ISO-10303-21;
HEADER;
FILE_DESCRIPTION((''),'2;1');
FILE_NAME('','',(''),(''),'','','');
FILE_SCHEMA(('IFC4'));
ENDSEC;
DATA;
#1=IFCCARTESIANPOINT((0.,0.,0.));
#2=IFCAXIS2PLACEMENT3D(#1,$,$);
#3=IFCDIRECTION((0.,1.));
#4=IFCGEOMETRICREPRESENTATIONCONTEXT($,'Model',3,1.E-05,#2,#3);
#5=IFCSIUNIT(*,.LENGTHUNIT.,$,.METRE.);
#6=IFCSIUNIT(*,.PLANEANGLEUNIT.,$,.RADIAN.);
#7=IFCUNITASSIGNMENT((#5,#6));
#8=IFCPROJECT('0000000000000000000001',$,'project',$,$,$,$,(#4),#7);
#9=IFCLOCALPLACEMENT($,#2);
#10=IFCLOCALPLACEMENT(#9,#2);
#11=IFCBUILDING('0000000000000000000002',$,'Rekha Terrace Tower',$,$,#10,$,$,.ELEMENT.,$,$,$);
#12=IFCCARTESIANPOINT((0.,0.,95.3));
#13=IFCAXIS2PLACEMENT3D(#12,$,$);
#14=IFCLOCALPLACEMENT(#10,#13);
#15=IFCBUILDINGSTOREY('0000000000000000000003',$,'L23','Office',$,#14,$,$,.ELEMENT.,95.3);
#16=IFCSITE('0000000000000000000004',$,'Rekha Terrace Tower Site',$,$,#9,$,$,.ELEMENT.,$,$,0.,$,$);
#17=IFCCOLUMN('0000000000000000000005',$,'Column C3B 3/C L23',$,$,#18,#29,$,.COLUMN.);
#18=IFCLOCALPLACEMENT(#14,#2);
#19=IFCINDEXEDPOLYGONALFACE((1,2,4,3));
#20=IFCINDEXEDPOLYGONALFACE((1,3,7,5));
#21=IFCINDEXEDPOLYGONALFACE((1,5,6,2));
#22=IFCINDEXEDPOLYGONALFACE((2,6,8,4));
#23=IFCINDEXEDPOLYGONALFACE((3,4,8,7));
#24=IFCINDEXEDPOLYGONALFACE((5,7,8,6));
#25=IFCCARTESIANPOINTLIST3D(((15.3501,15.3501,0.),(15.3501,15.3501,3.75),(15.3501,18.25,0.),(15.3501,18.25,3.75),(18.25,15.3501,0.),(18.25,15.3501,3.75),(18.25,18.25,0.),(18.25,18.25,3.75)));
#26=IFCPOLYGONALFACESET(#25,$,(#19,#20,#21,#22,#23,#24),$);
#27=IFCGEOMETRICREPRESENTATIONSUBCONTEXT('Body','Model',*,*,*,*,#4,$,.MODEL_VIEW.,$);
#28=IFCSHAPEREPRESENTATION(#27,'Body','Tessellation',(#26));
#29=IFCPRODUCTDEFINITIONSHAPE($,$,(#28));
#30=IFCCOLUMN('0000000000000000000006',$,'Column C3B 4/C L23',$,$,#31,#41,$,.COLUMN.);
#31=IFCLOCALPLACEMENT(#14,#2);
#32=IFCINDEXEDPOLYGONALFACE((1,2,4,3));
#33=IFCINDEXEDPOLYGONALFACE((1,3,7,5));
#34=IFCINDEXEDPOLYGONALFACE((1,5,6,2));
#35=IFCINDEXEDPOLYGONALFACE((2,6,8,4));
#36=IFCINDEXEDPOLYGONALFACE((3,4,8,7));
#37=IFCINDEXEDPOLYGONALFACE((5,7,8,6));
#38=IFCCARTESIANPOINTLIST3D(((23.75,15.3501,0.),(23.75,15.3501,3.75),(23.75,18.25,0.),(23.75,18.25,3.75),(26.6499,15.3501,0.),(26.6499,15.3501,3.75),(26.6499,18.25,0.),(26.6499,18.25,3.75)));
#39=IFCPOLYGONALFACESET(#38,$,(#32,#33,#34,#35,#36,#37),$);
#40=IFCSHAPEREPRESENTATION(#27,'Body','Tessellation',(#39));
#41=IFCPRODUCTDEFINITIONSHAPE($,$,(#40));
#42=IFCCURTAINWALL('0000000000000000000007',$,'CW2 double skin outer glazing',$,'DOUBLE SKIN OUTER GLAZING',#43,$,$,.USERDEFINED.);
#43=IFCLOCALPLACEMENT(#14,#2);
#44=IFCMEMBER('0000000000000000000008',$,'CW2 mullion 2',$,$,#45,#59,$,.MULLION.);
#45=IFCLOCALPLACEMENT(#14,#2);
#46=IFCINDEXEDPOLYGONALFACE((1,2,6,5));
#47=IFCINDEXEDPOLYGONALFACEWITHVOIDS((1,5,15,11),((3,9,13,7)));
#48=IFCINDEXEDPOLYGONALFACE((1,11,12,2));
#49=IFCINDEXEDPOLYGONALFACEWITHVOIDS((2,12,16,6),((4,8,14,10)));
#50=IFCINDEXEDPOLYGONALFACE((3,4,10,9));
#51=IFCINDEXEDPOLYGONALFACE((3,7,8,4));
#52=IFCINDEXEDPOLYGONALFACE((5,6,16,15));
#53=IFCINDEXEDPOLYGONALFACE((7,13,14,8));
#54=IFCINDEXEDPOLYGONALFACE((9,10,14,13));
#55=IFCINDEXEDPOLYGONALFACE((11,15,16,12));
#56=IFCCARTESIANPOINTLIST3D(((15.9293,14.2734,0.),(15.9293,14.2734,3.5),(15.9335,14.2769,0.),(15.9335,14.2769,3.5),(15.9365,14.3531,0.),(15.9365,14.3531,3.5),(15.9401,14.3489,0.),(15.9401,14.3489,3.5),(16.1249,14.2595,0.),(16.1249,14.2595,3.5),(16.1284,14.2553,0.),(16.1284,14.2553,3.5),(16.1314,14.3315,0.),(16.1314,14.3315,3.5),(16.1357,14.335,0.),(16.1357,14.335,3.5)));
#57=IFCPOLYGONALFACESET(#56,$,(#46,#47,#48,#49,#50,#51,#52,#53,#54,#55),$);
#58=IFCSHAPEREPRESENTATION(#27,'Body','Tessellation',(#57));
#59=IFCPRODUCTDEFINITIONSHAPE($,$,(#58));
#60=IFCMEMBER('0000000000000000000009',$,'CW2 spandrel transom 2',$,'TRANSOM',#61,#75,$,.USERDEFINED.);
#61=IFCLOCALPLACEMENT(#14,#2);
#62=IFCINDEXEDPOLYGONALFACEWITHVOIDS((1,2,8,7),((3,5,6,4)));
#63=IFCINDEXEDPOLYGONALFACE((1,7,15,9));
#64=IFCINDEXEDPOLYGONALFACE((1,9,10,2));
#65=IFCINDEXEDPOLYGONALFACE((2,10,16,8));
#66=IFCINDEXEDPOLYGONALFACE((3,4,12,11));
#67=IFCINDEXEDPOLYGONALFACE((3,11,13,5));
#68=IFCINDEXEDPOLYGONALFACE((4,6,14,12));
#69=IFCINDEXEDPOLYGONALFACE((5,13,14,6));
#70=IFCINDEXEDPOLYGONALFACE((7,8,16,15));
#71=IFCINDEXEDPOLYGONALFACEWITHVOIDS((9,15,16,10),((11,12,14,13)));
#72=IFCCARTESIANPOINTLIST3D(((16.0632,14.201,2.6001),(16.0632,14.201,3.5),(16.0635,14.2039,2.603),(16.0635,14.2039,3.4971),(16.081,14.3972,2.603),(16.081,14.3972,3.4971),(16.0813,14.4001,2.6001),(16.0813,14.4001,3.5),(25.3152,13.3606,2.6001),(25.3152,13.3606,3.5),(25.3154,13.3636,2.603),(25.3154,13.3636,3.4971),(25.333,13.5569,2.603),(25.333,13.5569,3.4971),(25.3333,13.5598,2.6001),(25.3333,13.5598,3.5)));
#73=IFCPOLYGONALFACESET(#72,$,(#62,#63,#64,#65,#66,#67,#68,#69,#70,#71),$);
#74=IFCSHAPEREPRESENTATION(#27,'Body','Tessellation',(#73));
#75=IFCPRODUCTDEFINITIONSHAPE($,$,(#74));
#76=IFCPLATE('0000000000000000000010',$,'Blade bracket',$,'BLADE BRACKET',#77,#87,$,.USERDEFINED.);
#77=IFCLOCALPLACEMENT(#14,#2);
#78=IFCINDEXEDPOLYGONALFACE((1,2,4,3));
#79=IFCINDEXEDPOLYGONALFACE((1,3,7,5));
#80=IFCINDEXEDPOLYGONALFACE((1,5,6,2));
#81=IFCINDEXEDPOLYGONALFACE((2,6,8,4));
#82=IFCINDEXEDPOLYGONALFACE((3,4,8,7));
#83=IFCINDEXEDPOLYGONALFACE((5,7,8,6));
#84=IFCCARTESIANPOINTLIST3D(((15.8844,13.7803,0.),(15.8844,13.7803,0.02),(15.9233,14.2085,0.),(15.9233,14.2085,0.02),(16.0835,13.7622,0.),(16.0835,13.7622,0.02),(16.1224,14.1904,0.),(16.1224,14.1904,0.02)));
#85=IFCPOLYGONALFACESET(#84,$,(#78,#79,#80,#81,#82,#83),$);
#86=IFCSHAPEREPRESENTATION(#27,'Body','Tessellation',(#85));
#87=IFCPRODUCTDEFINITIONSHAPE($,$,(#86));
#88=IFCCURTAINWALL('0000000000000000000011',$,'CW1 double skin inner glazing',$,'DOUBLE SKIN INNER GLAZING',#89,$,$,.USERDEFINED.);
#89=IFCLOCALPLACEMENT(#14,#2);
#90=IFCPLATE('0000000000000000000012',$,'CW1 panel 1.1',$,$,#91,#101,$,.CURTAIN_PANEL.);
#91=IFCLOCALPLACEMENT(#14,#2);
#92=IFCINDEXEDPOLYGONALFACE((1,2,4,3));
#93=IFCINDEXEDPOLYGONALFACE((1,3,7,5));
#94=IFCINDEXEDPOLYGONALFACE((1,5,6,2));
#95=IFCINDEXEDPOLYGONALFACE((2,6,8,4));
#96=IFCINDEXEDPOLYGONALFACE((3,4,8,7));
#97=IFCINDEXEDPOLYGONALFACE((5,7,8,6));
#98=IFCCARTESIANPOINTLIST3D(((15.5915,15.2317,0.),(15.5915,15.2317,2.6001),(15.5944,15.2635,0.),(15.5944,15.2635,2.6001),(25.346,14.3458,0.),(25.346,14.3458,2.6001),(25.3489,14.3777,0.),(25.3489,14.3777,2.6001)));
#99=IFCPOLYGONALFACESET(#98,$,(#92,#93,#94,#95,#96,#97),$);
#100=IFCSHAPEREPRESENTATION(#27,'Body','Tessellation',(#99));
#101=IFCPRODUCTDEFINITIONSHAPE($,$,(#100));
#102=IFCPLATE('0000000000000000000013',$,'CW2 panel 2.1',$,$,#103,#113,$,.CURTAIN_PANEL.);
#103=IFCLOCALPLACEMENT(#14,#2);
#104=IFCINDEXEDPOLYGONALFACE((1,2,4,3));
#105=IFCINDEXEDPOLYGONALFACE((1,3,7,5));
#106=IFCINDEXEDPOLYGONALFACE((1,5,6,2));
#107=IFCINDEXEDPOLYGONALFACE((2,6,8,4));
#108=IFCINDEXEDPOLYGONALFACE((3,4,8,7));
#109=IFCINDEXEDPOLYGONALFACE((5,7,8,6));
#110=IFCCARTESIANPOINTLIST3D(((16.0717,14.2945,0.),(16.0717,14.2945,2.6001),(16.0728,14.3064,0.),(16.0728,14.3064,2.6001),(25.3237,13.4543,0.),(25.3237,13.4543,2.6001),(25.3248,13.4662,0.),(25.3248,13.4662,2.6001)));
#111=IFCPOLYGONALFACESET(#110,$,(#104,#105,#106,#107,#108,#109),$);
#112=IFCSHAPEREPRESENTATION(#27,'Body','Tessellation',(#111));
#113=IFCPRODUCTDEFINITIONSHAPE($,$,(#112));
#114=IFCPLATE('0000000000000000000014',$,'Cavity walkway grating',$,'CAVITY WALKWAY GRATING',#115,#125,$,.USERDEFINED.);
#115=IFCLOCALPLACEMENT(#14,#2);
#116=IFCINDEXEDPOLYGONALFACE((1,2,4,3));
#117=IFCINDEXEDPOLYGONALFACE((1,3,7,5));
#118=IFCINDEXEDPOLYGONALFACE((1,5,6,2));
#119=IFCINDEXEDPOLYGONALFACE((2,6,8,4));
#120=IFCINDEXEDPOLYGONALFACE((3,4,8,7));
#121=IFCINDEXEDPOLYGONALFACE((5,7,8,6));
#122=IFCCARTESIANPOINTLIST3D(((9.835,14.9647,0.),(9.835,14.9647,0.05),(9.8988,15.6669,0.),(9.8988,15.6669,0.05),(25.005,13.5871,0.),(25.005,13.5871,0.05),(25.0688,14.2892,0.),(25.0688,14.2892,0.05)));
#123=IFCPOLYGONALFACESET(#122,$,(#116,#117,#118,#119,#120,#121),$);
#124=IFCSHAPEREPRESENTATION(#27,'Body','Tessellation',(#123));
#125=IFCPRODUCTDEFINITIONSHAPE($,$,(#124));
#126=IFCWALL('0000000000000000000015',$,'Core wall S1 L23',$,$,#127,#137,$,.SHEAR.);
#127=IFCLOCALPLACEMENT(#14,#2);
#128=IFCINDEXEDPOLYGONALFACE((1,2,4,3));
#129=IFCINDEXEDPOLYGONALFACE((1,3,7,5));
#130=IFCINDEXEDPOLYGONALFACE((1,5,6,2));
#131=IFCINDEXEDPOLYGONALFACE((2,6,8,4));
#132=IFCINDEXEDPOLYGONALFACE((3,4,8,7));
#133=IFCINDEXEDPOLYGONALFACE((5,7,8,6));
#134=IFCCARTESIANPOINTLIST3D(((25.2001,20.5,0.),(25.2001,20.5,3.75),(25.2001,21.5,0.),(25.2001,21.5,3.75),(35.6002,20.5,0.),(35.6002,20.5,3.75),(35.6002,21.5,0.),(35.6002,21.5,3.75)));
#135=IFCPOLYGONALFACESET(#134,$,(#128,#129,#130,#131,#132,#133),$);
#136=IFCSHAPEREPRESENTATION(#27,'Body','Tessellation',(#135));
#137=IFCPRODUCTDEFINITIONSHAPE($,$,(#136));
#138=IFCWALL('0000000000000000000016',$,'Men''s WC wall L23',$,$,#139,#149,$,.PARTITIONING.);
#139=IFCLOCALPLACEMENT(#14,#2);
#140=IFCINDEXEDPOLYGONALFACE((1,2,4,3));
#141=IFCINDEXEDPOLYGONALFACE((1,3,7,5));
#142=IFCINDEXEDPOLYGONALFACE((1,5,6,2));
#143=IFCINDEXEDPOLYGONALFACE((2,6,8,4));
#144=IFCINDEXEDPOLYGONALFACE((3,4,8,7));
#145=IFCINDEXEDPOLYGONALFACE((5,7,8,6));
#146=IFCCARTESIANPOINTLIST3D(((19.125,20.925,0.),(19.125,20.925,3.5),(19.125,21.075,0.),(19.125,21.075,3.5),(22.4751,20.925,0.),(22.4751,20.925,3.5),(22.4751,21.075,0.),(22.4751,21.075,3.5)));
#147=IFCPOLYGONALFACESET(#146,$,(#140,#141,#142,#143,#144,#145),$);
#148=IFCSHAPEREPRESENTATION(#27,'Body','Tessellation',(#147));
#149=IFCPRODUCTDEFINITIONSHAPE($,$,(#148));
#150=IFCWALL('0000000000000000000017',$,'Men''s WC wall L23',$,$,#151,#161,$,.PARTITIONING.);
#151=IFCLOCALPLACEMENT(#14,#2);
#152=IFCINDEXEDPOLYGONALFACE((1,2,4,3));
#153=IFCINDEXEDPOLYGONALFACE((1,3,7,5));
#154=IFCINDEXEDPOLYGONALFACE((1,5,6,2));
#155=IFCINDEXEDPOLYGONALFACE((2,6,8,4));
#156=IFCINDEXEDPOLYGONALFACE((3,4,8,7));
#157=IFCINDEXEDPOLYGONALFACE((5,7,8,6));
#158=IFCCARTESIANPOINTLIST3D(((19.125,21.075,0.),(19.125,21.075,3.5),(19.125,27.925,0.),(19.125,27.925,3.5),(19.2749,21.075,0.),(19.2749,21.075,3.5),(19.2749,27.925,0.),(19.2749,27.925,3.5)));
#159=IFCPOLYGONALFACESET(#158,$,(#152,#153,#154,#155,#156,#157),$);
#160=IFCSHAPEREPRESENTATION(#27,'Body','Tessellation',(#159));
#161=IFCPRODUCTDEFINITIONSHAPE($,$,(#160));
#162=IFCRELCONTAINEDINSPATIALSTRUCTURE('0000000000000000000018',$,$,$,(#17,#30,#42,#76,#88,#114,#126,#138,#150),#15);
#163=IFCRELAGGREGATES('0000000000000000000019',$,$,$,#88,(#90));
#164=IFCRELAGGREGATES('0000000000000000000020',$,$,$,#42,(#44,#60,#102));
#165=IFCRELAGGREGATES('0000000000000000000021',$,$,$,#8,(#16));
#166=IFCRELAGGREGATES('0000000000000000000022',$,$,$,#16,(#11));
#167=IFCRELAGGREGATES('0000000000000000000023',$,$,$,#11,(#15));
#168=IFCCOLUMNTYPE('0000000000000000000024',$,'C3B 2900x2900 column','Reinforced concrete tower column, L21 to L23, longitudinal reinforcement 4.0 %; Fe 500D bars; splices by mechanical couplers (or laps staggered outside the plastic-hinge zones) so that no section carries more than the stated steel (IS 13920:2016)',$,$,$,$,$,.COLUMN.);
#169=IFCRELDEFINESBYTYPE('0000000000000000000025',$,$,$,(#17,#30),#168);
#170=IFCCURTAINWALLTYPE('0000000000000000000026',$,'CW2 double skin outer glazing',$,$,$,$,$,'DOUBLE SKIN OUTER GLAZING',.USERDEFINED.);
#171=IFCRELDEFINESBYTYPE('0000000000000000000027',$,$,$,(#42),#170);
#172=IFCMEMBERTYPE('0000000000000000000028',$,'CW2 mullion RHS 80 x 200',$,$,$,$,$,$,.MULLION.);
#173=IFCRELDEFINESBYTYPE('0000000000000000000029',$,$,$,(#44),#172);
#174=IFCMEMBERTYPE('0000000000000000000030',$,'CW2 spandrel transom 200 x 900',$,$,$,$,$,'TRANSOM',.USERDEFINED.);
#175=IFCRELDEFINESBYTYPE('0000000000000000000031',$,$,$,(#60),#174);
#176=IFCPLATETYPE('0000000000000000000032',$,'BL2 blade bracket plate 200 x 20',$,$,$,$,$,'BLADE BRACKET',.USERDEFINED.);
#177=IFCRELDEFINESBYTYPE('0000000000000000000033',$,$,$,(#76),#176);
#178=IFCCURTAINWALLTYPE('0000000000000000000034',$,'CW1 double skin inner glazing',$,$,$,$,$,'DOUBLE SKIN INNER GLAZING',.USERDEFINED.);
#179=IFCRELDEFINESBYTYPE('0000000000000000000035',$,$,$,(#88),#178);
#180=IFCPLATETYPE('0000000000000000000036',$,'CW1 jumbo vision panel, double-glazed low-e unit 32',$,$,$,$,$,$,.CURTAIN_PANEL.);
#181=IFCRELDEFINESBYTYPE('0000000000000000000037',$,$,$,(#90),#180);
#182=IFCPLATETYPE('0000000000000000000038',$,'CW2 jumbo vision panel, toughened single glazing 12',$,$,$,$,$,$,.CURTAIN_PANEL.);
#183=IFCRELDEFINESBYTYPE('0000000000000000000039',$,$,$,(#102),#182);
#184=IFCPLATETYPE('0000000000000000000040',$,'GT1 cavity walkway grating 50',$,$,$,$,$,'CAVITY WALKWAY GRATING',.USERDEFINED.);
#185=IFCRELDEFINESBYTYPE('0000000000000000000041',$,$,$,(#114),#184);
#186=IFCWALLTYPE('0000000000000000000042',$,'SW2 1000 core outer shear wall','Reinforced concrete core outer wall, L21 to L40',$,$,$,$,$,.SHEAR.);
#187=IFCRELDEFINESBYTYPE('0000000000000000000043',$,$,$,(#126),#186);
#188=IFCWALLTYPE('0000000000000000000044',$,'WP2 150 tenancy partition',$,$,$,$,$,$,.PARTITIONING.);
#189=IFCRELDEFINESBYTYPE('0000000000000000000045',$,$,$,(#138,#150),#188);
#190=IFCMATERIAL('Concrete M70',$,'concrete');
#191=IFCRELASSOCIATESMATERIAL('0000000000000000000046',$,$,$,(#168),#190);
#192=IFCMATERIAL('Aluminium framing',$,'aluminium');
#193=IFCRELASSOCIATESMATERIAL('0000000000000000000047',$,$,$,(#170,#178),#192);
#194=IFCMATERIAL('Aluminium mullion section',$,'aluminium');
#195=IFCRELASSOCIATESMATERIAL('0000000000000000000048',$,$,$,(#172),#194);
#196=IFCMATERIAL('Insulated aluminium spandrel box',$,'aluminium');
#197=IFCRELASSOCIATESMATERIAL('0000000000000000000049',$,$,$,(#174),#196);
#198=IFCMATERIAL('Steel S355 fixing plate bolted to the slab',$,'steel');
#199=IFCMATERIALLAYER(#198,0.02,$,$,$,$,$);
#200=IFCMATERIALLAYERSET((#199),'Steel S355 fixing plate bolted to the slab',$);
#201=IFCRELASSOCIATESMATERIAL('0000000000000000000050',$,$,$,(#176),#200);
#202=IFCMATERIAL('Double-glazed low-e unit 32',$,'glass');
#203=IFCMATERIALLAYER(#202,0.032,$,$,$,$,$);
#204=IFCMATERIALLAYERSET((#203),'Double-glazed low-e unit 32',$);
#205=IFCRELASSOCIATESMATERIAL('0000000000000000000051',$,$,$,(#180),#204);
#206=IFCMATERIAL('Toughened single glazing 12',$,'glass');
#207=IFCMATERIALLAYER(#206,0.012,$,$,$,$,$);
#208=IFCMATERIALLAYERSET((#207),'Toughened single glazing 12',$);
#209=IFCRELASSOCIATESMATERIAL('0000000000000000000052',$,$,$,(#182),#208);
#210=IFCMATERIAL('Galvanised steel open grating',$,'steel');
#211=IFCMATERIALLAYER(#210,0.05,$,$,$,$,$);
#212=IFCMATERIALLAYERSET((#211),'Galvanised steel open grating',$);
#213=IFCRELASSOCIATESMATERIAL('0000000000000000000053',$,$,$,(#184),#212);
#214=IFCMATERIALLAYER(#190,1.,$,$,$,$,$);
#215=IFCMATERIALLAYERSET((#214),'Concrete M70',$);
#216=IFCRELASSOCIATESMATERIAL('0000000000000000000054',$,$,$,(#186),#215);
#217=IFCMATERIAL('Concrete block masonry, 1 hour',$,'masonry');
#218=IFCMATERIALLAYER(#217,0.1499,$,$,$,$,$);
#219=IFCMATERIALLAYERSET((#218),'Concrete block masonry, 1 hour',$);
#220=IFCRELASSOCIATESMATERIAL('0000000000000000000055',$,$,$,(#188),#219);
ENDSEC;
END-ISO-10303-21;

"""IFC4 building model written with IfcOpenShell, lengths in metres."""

from ifc_helpers import new_model, si_unit, direction, frame, frame_2d, origin, origin_2d, place, context, subcontext, project, spatial, rectangle, hollow_rectangle, extrude, material, layer, layer_set, material_profile, profile_set, type_object, element, aggregate, save


model = new_model("IFC4")

# Units and contexts
model_context = context("Model", 3, precision=1e-05, world=origin(), true_north=direction((0.0, 1.0)))
body_context = subcontext(model_context, "Body", "Model", "MODEL_VIEW")
ifc_project = project(units=[si_unit("LENGTHUNIT", "METRE"), si_unit("PLANEANGLEUNIT", "RADIAN")], contexts=[model_context])

# Site, building, storey
site_placement = place(None, origin())
site = spatial("IfcSite", under=ifc_project, at=site_placement, Name="Rekha Terrace Tower Site", CompositionType="ELEMENT", RefElevation=0.0)
building_placement = place(site_placement, origin())
building = spatial("IfcBuilding", under=site, at=building_placement, Name="Rekha Terrace Tower", CompositionType="ELEMENT")
storey_placement = place(building_placement, frame((0.0, 0.0, 95.3)))
storey = spatial("IfcBuildingStorey", under=building, at=storey_placement, Name="L23", Description="Office", CompositionType="ELEMENT", Elevation=95.3)

# Columns
ifc_material_1 = material(Name="Concrete M70", Category="concrete")
ifc_material_profile_1 = material_profile(ifc_material_1, rectangle(XDim=2.8999, YDim=2.8999, at=origin_2d()), Name="RC 2900x2900")
ifc_profile_set_1 = profile_set([ifc_material_profile_1], Name="Concrete M70")
column_type = type_object("IfcColumnType", Name="C3B 2900x2900 column", Description="Reinforced concrete tower column, L21 to L23, longitudinal reinforcement 4.0 %; Fe 500D bars; splices by mechanical couplers (or laps staggered outside the plastic-hinge zones) so that no section carries more than the stated steel (IS 13920:2016)", PredefinedType="COLUMN", material=ifc_profile_set_1)
for number, where, z_axis, x_axis, name in (
    (1, (16.8, 16.8, 0.0), (0.0, 0.0, 1.0), (1.0, 0.0, 0.0), "Column C3B 3/C L23"),
    (2, (25.2, 16.8, 0.0), (0.0, 0.0, 1.0), (1.0, 0.0, 0.0), "Column C3B 4/C L23"),
):
    element("IfcColumn", number, at=place(storey_placement, frame(where, z_axis=z_axis, x_axis=x_axis)), inside=storey, type_object=column_type, Name=name, PredefinedType="COLUMN", context=body_context, shape_type="SweptSolid", body=[
        extrude(rectangle(XDim=2.8999, YDim=2.8999, at=origin_2d()), origin(), (0.0, 0.0, 1.0), 3.75),
    ])

# Curtain wall, members
ifc_material_2 = material(Name="Aluminium framing", Category="aluminium")
curtain_wall_type_1 = type_object("IfcCurtainWallType", Name="CW2 double skin outer glazing", ElementType="DOUBLE SKIN OUTER GLAZING", PredefinedType="USERDEFINED", material=ifc_material_2)
curtain_wall_1_placement = place(storey_placement, origin())
curtain_wall_1 = element("IfcCurtainWall", 3, at=curtain_wall_1_placement, inside=storey, type_object=curtain_wall_type_1, Name="CW2 double skin outer glazing", ObjectType="DOUBLE SKIN OUTER GLAZING", PredefinedType="USERDEFINED")
ifc_material_3 = material(Name="Aluminium mullion section", Category="aluminium")
ifc_material_profile_2 = material_profile(ifc_material_3, hollow_rectangle(XDim=0.0801, YDim=0.2, WallThickness=0.0039, at=origin_2d()), Name="AL RHS 80x200")
ifc_profile_set_2 = profile_set([ifc_material_profile_2], Name="Aluminium mullion section")
member_type_1 = type_object("IfcMemberType", Name="CW2 mullion RHS 80 x 200", PredefinedType="MULLION", material=ifc_profile_set_2)
member_1_placement = place(storey_placement, frame((16.0325, 14.3042, 0.0), z_axis=(0.0, 0.0, 1.0), x_axis=(0.09044, 0.995902, 0.0)))
member_1 = element("IfcMember", 4, at=member_1_placement, type_object=member_type_1, Name="CW2 mullion 2", PredefinedType="MULLION", context=body_context, shape_type="SweptSolid", body=[
    extrude(hollow_rectangle(XDim=0.0801, YDim=0.2, WallThickness=0.0039, at=origin_2d()), origin(), (0.0, 0.0, 1.0), 3.5),
])
ifc_material_4 = material(Name="Insulated aluminium spandrel box", Category="aluminium")
ifc_material_profile_3 = material_profile(ifc_material_4, hollow_rectangle(XDim=0.2, YDim=0.8999, WallThickness=0.0029, at=origin_2d()), Name="AL SPANDREL BOX 200x900")
ifc_profile_set_3 = profile_set([ifc_material_profile_3], Name="Insulated aluminium spandrel box")
member_type_2 = type_object("IfcMemberType", Name="CW2 spandrel transom 200 x 900", ElementType="TRANSOM", PredefinedType="USERDEFINED", material=ifc_profile_set_3)
member_2_placement = place(storey_placement, frame((16.0723, 14.3005, 3.05), z_axis=(0.995901, -0.090455, 0.0), x_axis=(0.090455, 0.995901, 0.0)))
member_2 = element("IfcMember", 5, at=member_2_placement, type_object=member_type_2, Name="CW2 spandrel transom 2", ObjectType="TRANSOM", PredefinedType="USERDEFINED", context=body_context, shape_type="SweptSolid", body=[
    extrude(hollow_rectangle(XDim=0.2, YDim=0.8999, WallThickness=0.0029, at=origin_2d()), origin(), (0.0, 0.0, 1.0), 9.29),
])

# Plate
ifc_material_5 = material(Name="Steel S355 fixing plate bolted to the slab", Category="steel")
ifc_layer_1 = layer(ifc_material_5, 0.02)
ifc_layer_set_1 = layer_set([ifc_layer_1], Name="Steel S355 fixing plate bolted to the slab")
plate_type_1 = type_object("IfcPlateType", Name="BL2 blade bracket plate 200 x 20", ElementType="BLADE BRACKET", PredefinedType="USERDEFINED", material=ifc_layer_set_1)
plate_1_placement = place(storey_placement, frame((16.0034, 13.9854, 0.0), z_axis=(0.0, 0.0, 1.0), x_axis=(-0.09044, -0.995902, 0.0)))
element("IfcPlate", 6, at=plate_1_placement, inside=storey, type_object=plate_type_1, Name="Blade bracket", ObjectType="BLADE BRACKET", PredefinedType="USERDEFINED", context=body_context, shape_type="SweptSolid", body=[
    extrude(rectangle(XDim=0.4299, YDim=0.2, at=origin_2d()), origin(), (0.0, 0.0, 1.0), 0.02),
])

# Curtain wall, plate
curtain_wall_type_2 = type_object("IfcCurtainWallType", Name="CW1 double skin inner glazing", ElementType="DOUBLE SKIN INNER GLAZING", PredefinedType="USERDEFINED", material=ifc_material_2)
curtain_wall_2_placement = place(storey_placement, origin())
curtain_wall_2 = element("IfcCurtainWall", 7, at=curtain_wall_2_placement, inside=storey, type_object=curtain_wall_type_2, Name="CW1 double skin inner glazing", ObjectType="DOUBLE SKIN INNER GLAZING", PredefinedType="USERDEFINED")
ifc_material_6 = material(Name="Double-glazed low-e unit 32", Category="glass")
ifc_layer_2 = layer(ifc_material_6, 0.032)
ifc_layer_set_2 = layer_set([ifc_layer_2], Name="Double-glazed low-e unit 32")
plate_type_2 = type_object("IfcPlateType", Name="CW1 jumbo vision panel, double-glazed low-e unit 32", PredefinedType="CURTAIN_PANEL", material=ifc_layer_set_2)
plate_2_placement = place(storey_placement, frame((20.4702, 14.8047, 0.0), z_axis=(0.0, 0.0, 1.0), x_axis=(0.995902, -0.09044, 0.0)))
plate_2 = element("IfcPlate", 8, at=plate_2_placement, type_object=plate_type_2, Name="CW1 panel 1.1", PredefinedType="CURTAIN_PANEL", context=body_context, shape_type="SweptSolid", body=[
    extrude(rectangle(XDim=9.7947, YDim=0.032, at=origin_2d()), origin(), (0.0, 0.0, 1.0), 2.6001),
])
aggregate(curtain_wall_2, [plate_2])

# Plates
ifc_material_7 = material(Name="Toughened single glazing 12", Category="glass")
ifc_layer_3 = layer(ifc_material_7, 0.012)
ifc_layer_set_3 = layer_set([ifc_layer_3], Name="Toughened single glazing 12")
plate_type_3 = type_object("IfcPlateType", Name="CW2 jumbo vision panel, toughened single glazing 12", PredefinedType="CURTAIN_PANEL", material=ifc_layer_set_3)
plate_3_placement = place(storey_placement, frame((20.6982, 13.8804, 0.0), z_axis=(0.0, 0.0, 1.0), x_axis=(0.995902, -0.09044, 0.0)))
plate_3 = element("IfcPlate", 9, at=plate_3_placement, type_object=plate_type_3, Name="CW2 panel 2.1", PredefinedType="CURTAIN_PANEL", context=body_context, shape_type="SweptSolid", body=[
    extrude(rectangle(XDim=9.29, YDim=0.012, at=origin_2d()), origin(), (0.0, 0.0, 1.0), 2.6001),
])
aggregate(curtain_wall_1, [member_1, member_2, plate_3])
ifc_material_8 = material(Name="Galvanised steel open grating", Category="steel")
ifc_layer_4 = layer(ifc_material_8, 0.05)
ifc_layer_set_4 = layer_set([ifc_layer_4], Name="Galvanised steel open grating")
plate_type_4 = type_object("IfcPlateType", Name="GT1 cavity walkway grating 50", ElementType="CAVITY WALKWAY GRATING", PredefinedType="USERDEFINED", material=ifc_layer_set_4)
plate_4_placement = place(storey_placement, frame((17.4519, 14.627, 0.0), z_axis=(0.0, 0.0, 1.0), x_axis=(0.995902, -0.09044, 0.0)))
element("IfcPlate", 10, at=plate_4_placement, inside=storey, type_object=plate_type_4, Name="Cavity walkway grating", ObjectType="CAVITY WALKWAY GRATING", PredefinedType="USERDEFINED", context=body_context, shape_type="SweptSolid", body=[
    extrude(rectangle(XDim=15.2324, YDim=0.7051, at=origin_2d()), origin(), (0.0, 0.0, 1.0), 0.05),
])

# Walls
ifc_layer_5 = layer(ifc_material_1, 1.0)
ifc_layer_set_5 = layer_set([ifc_layer_5], Name="Concrete M70")
wall_type_1 = type_object("IfcWallType", Name="SW2 1000 core outer shear wall", Description="Reinforced concrete core outer wall, L21 to L40", PredefinedType="SHEAR", material=ifc_layer_set_5)
wall_1_placement = place(storey_placement, frame((25.2, 21.0, 0.0), z_axis=(0.0, 0.0, 1.0), x_axis=(1.0, 0.0, 0.0)))
element("IfcWall", 11, at=wall_1_placement, inside=storey, type_object=wall_type_1, Name="Core wall S1 L23", PredefinedType="SHEAR", context=body_context, shape_type="SweptSolid", body=[
    extrude(rectangle(XDim=10.4001, YDim=1.0, at=frame_2d((5.2002, 0.0))), origin(), (0.0, 0.0, 1.0), 3.75),
])
ifc_material_9 = material(Name="Concrete block masonry, 1 hour", Category="masonry")
ifc_layer_6 = layer(ifc_material_9, 0.1499)
ifc_layer_set_6 = layer_set([ifc_layer_6], Name="Concrete block masonry, 1 hour")
wall_type_2 = type_object("IfcWallType", Name="WP2 150 tenancy partition", PredefinedType="PARTITIONING", material=ifc_layer_set_6)
wall_2_placement = place(storey_placement, frame((19.125, 21.0, 0.0), z_axis=(0.0, 0.0, 1.0), x_axis=(1.0, 0.0, 0.0)))
element("IfcWall", 12, at=wall_2_placement, inside=storey, type_object=wall_type_2, Name="Men's WC wall L23", PredefinedType="PARTITIONING", context=body_context, shape_type="SweptSolid", body=[
    extrude(rectangle(XDim=3.3501, YDim=0.1499, at=frame_2d((1.675, 0.0))), origin(), (0.0, 0.0, 1.0), 3.5),
])
wall_3_placement = place(storey_placement, frame((19.2, 21.075, 0.0), z_axis=(0.0, 0.0, 1.0), x_axis=(0.0, 1.0, 0.0)))
element("IfcWall", 13, at=wall_3_placement, inside=storey, type_object=wall_type_2, Name="Men's WC wall L23", PredefinedType="PARTITIONING", context=body_context, shape_type="SweptSolid", body=[
    extrude(rectangle(XDim=6.8501, YDim=0.1499, at=frame_2d((3.425, 0.0))), origin(), (0.0, 0.0, 1.0), 3.5),
])

save(model, "model.ifc")
